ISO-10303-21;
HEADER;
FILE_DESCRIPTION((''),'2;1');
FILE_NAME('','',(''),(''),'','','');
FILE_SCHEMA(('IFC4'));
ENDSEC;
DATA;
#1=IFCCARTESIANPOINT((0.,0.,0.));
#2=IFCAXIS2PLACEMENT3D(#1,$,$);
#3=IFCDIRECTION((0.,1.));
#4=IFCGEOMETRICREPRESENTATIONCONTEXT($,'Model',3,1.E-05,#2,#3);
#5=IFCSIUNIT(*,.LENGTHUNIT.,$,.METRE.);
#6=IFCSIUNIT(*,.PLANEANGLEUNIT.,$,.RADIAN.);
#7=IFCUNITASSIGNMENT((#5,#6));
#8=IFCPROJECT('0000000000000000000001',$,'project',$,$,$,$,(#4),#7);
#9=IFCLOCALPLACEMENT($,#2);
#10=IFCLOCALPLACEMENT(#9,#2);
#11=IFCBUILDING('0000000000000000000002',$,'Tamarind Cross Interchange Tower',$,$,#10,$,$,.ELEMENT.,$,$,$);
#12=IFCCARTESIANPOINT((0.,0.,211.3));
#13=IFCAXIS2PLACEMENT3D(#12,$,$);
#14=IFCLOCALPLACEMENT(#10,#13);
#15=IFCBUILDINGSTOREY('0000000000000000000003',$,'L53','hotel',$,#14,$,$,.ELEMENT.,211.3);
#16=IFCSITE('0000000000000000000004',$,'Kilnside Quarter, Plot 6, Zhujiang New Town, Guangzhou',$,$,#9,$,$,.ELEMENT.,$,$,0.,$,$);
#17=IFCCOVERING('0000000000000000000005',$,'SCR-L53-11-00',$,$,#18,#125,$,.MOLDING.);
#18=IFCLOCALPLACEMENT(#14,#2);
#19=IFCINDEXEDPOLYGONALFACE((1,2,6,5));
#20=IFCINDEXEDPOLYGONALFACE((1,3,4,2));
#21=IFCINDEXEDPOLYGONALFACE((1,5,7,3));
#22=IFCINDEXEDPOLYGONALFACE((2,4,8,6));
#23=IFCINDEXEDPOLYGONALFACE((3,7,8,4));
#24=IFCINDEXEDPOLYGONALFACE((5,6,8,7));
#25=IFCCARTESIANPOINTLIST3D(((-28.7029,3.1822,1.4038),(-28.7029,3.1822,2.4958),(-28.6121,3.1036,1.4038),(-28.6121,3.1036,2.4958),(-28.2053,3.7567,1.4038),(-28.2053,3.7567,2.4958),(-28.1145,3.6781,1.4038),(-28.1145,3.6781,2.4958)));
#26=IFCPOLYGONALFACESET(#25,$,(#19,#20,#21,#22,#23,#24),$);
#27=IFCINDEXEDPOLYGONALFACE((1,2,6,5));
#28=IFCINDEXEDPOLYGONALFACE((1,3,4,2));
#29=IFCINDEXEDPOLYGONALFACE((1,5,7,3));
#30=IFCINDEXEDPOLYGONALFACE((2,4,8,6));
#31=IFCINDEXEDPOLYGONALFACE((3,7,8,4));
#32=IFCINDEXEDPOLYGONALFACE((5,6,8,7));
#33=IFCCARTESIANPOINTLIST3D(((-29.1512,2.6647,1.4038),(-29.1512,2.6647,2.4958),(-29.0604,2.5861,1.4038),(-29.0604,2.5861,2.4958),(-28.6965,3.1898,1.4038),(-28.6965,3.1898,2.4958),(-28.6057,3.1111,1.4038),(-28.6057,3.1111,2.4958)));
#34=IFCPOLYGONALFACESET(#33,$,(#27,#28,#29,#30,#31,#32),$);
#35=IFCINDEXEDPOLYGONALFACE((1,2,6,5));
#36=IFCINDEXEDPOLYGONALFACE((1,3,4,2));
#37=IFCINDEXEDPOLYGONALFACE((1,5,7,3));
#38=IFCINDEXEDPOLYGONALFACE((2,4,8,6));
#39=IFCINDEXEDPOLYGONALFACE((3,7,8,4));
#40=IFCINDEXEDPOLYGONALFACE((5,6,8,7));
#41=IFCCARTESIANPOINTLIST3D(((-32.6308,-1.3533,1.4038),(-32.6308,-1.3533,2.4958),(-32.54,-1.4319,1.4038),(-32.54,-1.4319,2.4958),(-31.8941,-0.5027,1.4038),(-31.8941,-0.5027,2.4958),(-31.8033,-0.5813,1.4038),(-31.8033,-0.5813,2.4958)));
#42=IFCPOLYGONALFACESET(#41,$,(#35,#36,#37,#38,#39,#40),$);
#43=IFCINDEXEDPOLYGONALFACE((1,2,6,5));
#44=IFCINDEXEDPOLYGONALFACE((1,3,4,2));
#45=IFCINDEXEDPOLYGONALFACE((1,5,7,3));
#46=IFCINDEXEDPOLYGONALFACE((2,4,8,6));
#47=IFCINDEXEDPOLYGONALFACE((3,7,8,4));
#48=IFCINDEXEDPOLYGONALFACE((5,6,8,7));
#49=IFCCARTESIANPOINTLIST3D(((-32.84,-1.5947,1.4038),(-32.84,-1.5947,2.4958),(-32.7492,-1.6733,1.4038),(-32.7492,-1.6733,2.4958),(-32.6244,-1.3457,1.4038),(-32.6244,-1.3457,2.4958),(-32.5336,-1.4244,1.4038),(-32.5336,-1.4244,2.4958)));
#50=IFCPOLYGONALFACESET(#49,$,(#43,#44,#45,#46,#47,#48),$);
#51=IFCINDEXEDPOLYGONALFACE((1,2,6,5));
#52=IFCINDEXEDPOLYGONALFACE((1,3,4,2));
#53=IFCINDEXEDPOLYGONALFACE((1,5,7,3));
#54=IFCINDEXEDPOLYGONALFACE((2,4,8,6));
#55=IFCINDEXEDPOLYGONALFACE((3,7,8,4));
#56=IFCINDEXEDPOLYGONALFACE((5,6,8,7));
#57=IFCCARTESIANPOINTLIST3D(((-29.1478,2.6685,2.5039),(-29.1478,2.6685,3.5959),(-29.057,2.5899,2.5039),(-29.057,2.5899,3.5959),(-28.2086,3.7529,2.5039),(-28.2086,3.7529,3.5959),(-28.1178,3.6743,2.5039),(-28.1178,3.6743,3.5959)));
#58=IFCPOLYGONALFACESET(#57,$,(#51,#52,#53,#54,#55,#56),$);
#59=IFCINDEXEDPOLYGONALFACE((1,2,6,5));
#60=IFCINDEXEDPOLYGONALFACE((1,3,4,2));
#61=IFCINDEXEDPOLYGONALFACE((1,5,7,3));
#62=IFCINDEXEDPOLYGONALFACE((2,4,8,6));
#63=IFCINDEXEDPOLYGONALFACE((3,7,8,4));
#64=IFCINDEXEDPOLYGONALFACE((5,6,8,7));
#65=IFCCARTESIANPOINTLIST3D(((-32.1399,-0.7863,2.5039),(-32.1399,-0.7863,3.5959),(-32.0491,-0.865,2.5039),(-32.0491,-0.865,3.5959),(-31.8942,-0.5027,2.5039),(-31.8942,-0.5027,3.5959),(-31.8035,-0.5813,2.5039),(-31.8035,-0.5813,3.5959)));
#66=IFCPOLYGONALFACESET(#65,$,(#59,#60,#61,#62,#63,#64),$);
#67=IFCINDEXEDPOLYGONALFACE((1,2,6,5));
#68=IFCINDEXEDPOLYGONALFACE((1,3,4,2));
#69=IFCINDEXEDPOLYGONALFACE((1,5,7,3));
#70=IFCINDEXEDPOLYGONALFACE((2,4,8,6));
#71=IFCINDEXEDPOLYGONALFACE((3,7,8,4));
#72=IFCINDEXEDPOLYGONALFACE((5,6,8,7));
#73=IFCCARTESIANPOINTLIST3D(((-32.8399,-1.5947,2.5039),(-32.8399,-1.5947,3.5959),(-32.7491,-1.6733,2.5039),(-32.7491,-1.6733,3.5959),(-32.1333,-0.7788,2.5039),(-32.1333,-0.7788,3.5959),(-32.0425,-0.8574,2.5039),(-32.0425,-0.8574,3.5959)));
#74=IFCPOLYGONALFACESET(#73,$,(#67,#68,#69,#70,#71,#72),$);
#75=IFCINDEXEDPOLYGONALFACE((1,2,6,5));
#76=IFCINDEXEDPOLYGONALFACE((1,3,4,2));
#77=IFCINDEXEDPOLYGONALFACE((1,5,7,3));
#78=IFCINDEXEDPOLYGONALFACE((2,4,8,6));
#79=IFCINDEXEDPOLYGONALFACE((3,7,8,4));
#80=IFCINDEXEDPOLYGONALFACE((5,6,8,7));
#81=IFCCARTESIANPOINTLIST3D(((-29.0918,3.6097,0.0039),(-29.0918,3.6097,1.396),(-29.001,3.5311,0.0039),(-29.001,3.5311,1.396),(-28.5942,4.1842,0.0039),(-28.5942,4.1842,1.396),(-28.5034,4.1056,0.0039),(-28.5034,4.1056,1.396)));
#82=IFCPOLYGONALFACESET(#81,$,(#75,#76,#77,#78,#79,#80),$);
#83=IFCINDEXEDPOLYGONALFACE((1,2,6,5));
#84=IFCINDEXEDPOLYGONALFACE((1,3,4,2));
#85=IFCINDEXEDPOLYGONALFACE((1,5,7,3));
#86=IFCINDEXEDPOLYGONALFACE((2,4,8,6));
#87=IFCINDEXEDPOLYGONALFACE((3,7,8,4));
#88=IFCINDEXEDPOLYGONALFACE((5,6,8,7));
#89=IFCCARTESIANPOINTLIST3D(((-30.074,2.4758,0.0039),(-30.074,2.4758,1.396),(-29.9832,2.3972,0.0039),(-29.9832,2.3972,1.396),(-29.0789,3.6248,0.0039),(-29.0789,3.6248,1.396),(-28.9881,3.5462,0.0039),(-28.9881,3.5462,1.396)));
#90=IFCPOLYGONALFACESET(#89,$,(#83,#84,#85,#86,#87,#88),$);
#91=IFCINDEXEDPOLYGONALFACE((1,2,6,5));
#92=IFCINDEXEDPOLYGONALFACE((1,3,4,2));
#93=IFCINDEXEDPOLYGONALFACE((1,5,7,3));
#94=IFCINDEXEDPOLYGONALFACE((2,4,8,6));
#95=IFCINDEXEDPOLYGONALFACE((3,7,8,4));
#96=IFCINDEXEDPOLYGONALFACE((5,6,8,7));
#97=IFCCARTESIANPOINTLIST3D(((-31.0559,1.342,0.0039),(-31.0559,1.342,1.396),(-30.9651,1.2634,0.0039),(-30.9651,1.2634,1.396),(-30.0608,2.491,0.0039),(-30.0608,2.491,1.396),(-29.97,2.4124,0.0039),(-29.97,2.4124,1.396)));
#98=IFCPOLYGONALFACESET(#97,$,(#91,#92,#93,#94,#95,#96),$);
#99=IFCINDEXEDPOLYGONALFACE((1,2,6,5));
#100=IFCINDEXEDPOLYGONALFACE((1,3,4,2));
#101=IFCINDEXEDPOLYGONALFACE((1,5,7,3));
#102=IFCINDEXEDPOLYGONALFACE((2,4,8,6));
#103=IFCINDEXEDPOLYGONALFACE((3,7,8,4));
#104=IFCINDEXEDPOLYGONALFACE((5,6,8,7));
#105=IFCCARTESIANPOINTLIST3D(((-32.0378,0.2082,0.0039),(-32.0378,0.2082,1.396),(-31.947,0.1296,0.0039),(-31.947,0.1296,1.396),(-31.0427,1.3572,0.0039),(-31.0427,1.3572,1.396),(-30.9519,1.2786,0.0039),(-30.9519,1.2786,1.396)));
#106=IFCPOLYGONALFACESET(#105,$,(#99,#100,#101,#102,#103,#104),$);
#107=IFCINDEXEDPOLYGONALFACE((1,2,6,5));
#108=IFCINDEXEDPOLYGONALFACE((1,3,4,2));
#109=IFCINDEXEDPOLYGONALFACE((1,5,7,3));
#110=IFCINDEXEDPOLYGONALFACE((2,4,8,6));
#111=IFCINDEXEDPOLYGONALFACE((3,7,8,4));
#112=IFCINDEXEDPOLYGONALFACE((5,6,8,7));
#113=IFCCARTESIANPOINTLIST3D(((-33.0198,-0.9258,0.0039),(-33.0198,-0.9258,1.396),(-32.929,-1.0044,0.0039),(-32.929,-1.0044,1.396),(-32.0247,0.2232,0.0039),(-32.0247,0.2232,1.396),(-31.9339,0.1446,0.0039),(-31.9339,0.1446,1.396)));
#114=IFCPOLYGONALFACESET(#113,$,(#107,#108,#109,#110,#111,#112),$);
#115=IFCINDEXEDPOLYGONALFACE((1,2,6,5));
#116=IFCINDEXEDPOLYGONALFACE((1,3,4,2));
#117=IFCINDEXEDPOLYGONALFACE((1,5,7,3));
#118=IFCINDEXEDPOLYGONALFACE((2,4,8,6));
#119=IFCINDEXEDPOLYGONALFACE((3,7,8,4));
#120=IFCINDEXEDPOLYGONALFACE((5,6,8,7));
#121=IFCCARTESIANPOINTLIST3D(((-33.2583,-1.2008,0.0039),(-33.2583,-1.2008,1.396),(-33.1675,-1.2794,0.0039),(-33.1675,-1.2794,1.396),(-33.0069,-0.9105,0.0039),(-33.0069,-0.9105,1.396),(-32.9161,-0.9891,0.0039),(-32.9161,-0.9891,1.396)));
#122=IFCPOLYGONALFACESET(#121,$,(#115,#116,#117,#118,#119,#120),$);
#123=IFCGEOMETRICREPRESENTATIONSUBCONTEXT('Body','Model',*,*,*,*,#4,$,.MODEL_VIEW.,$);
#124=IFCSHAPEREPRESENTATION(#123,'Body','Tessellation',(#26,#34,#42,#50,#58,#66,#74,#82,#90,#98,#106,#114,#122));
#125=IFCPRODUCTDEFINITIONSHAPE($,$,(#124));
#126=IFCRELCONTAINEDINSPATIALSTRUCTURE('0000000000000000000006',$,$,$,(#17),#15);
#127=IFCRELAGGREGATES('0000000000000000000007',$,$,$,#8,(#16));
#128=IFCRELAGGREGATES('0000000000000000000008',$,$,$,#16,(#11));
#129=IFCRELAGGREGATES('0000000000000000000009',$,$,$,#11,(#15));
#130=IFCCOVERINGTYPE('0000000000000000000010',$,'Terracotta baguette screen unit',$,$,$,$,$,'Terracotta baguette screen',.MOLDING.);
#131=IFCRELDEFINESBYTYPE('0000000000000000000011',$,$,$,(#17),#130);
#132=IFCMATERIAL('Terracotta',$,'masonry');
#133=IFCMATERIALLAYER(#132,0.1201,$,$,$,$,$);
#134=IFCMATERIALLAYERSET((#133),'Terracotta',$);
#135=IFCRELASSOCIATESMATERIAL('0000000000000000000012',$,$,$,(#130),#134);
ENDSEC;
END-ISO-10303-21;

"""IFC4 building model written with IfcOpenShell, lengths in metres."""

from ifc_helpers import new_model, si_unit, direction, frame, origin, origin_2d, place, context, subcontext, project, spatial, rectangle, extrude, material, layer, layer_set, type_object, element, save


model = new_model("IFC4")

# Units and contexts
model_context = context("Model", 3, precision=1e-05, world=origin(), true_north=direction((0.0, 1.0)))
body_context = subcontext(model_context, "Body", "Model", "MODEL_VIEW")
ifc_project = project(units=[si_unit("LENGTHUNIT", "METRE"), si_unit("PLANEANGLEUNIT", "RADIAN")], contexts=[model_context])

# Site, building, storey
site_placement = place(None, origin())
site = spatial("IfcSite", under=ifc_project, at=site_placement, Name="Kilnside Quarter, Plot 6, Zhujiang New Town, Guangzhou", CompositionType="ELEMENT", RefElevation=0.0)
building_placement = place(site_placement, origin())
building = spatial("IfcBuilding", under=site, at=building_placement, Name="Tamarind Cross Interchange Tower", CompositionType="ELEMENT")
storey_placement = place(building_placement, frame((0.0, 0.0, 211.3)))
storey = spatial("IfcBuildingStorey", under=building, at=storey_placement, Name="L53", Description="hotel", CompositionType="ELEMENT", Elevation=211.3)

# Covering
ifc_material_1 = material(Name="Terracotta", Category="masonry")
ifc_layer_1 = layer(ifc_material_1, 0.1201)
ifc_layer_set_1 = layer_set([ifc_layer_1], Name="Terracotta")
covering_type = type_object("IfcCoveringType", Name="Terracotta baguette screen unit", ElementType="Terracotta baguette screen", PredefinedType="MOLDING", material=ifc_layer_set_1)
covering_1_placement = place(storey_placement, origin())
element("IfcCovering", 1, at=covering_1_placement, inside=storey, type_object=covering_type, Name="SCR-L53-11-00", PredefinedType="MOLDING", context=body_context, shape_type="SweptSolid", body=[
    extrude(rectangle(XDim=0.76, YDim=0.1201, at=origin_2d()), frame((-28.4087, 3.4302, 1.4038), z_axis=(0.0, 0.0, 1.0), x_axis=(-0.654667, -0.755917, 0.0)), (0.0, 0.0, 1.0), 1.092),
    extrude(rectangle(XDim=0.6946, YDim=0.1201, at=origin_2d()), frame((-28.8784, 2.8879, 1.4038), z_axis=(0.0, 0.0, 1.0), x_axis=(-0.654667, -0.755917, 0.0)), (0.0, 0.0, 1.0), 1.092),
    extrude(rectangle(XDim=1.1252, YDim=0.1201, at=origin_2d()), frame((-32.217, -0.9673, 1.4038), z_axis=(0.0, 0.0, 1.0), x_axis=(-0.654667, -0.755917, 0.0)), (0.0, 0.0, 1.0), 1.092),
    extrude(rectangle(XDim=0.3293, YDim=0.1201, at=origin_2d()), frame((-32.6868, -1.5095, 1.4038), z_axis=(0.0, 0.0, 1.0), x_axis=(-0.654667, -0.755917, 0.0)), (0.0, 0.0, 1.0), 1.092),
    extrude(rectangle(XDim=1.4346, YDim=0.1201, at=origin_2d()), frame((-28.6328, 3.1714, 2.5039), z_axis=(0.0, 0.0, 1.0), x_axis=(-0.654667, -0.755917, 0.0)), (0.0, 0.0, 1.0), 1.092),
    extrude(rectangle(XDim=0.3752, YDim=0.1201, at=origin_2d()), frame((-31.9717, -0.6838, 2.5039), z_axis=(0.0, 0.0, 1.0), x_axis=(-0.654667, -0.755917, 0.0)), (0.0, 0.0, 1.0), 1.092),
    extrude(rectangle(XDim=1.0793, YDim=0.1201, at=origin_2d()), frame((-32.4412, -1.2261, 2.5039), z_axis=(0.0, 0.0, 1.0), x_axis=(-0.654667, -0.755917, 0.0)), (0.0, 0.0, 1.0), 1.092),
    extrude(rectangle(XDim=0.76, YDim=0.1201, at=origin_2d()), frame((-28.7976, 3.8577, 0.0039), z_axis=(0.0, 0.0, 1.0), x_axis=(-0.654667, -0.755917, 0.0)), (0.0, 0.0, 1.0), 1.3921),
    extrude(rectangle(XDim=1.52, YDim=0.1201, at=origin_2d()), frame((-29.531, 3.011, 0.0039), z_axis=(0.0, 0.0, 1.0), x_axis=(-0.654667, -0.755917, 0.0)), (0.0, 0.0, 1.0), 1.3921),
    extrude(rectangle(XDim=1.52, YDim=0.1201, at=origin_2d()), frame((-30.5129, 1.8772, 0.0039), z_axis=(0.0, 0.0, 1.0), x_axis=(-0.654667, -0.755917, 0.0)), (0.0, 0.0, 1.0), 1.3921),
    extrude(rectangle(XDim=1.52, YDim=0.1201, at=origin_2d()), frame((-31.4949, 0.7434, 0.0039), z_axis=(0.0, 0.0, 1.0), x_axis=(-0.654667, -0.755917, 0.0)), (0.0, 0.0, 1.0), 1.3921),
    extrude(rectangle(XDim=1.52, YDim=0.1201, at=origin_2d()), frame((-32.4768, -0.3906, 0.0039), z_axis=(0.0, 0.0, 1.0), x_axis=(-0.654667, -0.755917, 0.0)), (0.0, 0.0, 1.0), 1.3921),
    extrude(rectangle(XDim=0.384, YDim=0.1201, at=origin_2d()), frame((-33.0872, -1.095, 0.0039), z_axis=(0.0, 0.0, 1.0), x_axis=(-0.654667, -0.755917, 0.0)), (0.0, 0.0, 1.0), 1.3921),
])

save(model, "model.ifc")
